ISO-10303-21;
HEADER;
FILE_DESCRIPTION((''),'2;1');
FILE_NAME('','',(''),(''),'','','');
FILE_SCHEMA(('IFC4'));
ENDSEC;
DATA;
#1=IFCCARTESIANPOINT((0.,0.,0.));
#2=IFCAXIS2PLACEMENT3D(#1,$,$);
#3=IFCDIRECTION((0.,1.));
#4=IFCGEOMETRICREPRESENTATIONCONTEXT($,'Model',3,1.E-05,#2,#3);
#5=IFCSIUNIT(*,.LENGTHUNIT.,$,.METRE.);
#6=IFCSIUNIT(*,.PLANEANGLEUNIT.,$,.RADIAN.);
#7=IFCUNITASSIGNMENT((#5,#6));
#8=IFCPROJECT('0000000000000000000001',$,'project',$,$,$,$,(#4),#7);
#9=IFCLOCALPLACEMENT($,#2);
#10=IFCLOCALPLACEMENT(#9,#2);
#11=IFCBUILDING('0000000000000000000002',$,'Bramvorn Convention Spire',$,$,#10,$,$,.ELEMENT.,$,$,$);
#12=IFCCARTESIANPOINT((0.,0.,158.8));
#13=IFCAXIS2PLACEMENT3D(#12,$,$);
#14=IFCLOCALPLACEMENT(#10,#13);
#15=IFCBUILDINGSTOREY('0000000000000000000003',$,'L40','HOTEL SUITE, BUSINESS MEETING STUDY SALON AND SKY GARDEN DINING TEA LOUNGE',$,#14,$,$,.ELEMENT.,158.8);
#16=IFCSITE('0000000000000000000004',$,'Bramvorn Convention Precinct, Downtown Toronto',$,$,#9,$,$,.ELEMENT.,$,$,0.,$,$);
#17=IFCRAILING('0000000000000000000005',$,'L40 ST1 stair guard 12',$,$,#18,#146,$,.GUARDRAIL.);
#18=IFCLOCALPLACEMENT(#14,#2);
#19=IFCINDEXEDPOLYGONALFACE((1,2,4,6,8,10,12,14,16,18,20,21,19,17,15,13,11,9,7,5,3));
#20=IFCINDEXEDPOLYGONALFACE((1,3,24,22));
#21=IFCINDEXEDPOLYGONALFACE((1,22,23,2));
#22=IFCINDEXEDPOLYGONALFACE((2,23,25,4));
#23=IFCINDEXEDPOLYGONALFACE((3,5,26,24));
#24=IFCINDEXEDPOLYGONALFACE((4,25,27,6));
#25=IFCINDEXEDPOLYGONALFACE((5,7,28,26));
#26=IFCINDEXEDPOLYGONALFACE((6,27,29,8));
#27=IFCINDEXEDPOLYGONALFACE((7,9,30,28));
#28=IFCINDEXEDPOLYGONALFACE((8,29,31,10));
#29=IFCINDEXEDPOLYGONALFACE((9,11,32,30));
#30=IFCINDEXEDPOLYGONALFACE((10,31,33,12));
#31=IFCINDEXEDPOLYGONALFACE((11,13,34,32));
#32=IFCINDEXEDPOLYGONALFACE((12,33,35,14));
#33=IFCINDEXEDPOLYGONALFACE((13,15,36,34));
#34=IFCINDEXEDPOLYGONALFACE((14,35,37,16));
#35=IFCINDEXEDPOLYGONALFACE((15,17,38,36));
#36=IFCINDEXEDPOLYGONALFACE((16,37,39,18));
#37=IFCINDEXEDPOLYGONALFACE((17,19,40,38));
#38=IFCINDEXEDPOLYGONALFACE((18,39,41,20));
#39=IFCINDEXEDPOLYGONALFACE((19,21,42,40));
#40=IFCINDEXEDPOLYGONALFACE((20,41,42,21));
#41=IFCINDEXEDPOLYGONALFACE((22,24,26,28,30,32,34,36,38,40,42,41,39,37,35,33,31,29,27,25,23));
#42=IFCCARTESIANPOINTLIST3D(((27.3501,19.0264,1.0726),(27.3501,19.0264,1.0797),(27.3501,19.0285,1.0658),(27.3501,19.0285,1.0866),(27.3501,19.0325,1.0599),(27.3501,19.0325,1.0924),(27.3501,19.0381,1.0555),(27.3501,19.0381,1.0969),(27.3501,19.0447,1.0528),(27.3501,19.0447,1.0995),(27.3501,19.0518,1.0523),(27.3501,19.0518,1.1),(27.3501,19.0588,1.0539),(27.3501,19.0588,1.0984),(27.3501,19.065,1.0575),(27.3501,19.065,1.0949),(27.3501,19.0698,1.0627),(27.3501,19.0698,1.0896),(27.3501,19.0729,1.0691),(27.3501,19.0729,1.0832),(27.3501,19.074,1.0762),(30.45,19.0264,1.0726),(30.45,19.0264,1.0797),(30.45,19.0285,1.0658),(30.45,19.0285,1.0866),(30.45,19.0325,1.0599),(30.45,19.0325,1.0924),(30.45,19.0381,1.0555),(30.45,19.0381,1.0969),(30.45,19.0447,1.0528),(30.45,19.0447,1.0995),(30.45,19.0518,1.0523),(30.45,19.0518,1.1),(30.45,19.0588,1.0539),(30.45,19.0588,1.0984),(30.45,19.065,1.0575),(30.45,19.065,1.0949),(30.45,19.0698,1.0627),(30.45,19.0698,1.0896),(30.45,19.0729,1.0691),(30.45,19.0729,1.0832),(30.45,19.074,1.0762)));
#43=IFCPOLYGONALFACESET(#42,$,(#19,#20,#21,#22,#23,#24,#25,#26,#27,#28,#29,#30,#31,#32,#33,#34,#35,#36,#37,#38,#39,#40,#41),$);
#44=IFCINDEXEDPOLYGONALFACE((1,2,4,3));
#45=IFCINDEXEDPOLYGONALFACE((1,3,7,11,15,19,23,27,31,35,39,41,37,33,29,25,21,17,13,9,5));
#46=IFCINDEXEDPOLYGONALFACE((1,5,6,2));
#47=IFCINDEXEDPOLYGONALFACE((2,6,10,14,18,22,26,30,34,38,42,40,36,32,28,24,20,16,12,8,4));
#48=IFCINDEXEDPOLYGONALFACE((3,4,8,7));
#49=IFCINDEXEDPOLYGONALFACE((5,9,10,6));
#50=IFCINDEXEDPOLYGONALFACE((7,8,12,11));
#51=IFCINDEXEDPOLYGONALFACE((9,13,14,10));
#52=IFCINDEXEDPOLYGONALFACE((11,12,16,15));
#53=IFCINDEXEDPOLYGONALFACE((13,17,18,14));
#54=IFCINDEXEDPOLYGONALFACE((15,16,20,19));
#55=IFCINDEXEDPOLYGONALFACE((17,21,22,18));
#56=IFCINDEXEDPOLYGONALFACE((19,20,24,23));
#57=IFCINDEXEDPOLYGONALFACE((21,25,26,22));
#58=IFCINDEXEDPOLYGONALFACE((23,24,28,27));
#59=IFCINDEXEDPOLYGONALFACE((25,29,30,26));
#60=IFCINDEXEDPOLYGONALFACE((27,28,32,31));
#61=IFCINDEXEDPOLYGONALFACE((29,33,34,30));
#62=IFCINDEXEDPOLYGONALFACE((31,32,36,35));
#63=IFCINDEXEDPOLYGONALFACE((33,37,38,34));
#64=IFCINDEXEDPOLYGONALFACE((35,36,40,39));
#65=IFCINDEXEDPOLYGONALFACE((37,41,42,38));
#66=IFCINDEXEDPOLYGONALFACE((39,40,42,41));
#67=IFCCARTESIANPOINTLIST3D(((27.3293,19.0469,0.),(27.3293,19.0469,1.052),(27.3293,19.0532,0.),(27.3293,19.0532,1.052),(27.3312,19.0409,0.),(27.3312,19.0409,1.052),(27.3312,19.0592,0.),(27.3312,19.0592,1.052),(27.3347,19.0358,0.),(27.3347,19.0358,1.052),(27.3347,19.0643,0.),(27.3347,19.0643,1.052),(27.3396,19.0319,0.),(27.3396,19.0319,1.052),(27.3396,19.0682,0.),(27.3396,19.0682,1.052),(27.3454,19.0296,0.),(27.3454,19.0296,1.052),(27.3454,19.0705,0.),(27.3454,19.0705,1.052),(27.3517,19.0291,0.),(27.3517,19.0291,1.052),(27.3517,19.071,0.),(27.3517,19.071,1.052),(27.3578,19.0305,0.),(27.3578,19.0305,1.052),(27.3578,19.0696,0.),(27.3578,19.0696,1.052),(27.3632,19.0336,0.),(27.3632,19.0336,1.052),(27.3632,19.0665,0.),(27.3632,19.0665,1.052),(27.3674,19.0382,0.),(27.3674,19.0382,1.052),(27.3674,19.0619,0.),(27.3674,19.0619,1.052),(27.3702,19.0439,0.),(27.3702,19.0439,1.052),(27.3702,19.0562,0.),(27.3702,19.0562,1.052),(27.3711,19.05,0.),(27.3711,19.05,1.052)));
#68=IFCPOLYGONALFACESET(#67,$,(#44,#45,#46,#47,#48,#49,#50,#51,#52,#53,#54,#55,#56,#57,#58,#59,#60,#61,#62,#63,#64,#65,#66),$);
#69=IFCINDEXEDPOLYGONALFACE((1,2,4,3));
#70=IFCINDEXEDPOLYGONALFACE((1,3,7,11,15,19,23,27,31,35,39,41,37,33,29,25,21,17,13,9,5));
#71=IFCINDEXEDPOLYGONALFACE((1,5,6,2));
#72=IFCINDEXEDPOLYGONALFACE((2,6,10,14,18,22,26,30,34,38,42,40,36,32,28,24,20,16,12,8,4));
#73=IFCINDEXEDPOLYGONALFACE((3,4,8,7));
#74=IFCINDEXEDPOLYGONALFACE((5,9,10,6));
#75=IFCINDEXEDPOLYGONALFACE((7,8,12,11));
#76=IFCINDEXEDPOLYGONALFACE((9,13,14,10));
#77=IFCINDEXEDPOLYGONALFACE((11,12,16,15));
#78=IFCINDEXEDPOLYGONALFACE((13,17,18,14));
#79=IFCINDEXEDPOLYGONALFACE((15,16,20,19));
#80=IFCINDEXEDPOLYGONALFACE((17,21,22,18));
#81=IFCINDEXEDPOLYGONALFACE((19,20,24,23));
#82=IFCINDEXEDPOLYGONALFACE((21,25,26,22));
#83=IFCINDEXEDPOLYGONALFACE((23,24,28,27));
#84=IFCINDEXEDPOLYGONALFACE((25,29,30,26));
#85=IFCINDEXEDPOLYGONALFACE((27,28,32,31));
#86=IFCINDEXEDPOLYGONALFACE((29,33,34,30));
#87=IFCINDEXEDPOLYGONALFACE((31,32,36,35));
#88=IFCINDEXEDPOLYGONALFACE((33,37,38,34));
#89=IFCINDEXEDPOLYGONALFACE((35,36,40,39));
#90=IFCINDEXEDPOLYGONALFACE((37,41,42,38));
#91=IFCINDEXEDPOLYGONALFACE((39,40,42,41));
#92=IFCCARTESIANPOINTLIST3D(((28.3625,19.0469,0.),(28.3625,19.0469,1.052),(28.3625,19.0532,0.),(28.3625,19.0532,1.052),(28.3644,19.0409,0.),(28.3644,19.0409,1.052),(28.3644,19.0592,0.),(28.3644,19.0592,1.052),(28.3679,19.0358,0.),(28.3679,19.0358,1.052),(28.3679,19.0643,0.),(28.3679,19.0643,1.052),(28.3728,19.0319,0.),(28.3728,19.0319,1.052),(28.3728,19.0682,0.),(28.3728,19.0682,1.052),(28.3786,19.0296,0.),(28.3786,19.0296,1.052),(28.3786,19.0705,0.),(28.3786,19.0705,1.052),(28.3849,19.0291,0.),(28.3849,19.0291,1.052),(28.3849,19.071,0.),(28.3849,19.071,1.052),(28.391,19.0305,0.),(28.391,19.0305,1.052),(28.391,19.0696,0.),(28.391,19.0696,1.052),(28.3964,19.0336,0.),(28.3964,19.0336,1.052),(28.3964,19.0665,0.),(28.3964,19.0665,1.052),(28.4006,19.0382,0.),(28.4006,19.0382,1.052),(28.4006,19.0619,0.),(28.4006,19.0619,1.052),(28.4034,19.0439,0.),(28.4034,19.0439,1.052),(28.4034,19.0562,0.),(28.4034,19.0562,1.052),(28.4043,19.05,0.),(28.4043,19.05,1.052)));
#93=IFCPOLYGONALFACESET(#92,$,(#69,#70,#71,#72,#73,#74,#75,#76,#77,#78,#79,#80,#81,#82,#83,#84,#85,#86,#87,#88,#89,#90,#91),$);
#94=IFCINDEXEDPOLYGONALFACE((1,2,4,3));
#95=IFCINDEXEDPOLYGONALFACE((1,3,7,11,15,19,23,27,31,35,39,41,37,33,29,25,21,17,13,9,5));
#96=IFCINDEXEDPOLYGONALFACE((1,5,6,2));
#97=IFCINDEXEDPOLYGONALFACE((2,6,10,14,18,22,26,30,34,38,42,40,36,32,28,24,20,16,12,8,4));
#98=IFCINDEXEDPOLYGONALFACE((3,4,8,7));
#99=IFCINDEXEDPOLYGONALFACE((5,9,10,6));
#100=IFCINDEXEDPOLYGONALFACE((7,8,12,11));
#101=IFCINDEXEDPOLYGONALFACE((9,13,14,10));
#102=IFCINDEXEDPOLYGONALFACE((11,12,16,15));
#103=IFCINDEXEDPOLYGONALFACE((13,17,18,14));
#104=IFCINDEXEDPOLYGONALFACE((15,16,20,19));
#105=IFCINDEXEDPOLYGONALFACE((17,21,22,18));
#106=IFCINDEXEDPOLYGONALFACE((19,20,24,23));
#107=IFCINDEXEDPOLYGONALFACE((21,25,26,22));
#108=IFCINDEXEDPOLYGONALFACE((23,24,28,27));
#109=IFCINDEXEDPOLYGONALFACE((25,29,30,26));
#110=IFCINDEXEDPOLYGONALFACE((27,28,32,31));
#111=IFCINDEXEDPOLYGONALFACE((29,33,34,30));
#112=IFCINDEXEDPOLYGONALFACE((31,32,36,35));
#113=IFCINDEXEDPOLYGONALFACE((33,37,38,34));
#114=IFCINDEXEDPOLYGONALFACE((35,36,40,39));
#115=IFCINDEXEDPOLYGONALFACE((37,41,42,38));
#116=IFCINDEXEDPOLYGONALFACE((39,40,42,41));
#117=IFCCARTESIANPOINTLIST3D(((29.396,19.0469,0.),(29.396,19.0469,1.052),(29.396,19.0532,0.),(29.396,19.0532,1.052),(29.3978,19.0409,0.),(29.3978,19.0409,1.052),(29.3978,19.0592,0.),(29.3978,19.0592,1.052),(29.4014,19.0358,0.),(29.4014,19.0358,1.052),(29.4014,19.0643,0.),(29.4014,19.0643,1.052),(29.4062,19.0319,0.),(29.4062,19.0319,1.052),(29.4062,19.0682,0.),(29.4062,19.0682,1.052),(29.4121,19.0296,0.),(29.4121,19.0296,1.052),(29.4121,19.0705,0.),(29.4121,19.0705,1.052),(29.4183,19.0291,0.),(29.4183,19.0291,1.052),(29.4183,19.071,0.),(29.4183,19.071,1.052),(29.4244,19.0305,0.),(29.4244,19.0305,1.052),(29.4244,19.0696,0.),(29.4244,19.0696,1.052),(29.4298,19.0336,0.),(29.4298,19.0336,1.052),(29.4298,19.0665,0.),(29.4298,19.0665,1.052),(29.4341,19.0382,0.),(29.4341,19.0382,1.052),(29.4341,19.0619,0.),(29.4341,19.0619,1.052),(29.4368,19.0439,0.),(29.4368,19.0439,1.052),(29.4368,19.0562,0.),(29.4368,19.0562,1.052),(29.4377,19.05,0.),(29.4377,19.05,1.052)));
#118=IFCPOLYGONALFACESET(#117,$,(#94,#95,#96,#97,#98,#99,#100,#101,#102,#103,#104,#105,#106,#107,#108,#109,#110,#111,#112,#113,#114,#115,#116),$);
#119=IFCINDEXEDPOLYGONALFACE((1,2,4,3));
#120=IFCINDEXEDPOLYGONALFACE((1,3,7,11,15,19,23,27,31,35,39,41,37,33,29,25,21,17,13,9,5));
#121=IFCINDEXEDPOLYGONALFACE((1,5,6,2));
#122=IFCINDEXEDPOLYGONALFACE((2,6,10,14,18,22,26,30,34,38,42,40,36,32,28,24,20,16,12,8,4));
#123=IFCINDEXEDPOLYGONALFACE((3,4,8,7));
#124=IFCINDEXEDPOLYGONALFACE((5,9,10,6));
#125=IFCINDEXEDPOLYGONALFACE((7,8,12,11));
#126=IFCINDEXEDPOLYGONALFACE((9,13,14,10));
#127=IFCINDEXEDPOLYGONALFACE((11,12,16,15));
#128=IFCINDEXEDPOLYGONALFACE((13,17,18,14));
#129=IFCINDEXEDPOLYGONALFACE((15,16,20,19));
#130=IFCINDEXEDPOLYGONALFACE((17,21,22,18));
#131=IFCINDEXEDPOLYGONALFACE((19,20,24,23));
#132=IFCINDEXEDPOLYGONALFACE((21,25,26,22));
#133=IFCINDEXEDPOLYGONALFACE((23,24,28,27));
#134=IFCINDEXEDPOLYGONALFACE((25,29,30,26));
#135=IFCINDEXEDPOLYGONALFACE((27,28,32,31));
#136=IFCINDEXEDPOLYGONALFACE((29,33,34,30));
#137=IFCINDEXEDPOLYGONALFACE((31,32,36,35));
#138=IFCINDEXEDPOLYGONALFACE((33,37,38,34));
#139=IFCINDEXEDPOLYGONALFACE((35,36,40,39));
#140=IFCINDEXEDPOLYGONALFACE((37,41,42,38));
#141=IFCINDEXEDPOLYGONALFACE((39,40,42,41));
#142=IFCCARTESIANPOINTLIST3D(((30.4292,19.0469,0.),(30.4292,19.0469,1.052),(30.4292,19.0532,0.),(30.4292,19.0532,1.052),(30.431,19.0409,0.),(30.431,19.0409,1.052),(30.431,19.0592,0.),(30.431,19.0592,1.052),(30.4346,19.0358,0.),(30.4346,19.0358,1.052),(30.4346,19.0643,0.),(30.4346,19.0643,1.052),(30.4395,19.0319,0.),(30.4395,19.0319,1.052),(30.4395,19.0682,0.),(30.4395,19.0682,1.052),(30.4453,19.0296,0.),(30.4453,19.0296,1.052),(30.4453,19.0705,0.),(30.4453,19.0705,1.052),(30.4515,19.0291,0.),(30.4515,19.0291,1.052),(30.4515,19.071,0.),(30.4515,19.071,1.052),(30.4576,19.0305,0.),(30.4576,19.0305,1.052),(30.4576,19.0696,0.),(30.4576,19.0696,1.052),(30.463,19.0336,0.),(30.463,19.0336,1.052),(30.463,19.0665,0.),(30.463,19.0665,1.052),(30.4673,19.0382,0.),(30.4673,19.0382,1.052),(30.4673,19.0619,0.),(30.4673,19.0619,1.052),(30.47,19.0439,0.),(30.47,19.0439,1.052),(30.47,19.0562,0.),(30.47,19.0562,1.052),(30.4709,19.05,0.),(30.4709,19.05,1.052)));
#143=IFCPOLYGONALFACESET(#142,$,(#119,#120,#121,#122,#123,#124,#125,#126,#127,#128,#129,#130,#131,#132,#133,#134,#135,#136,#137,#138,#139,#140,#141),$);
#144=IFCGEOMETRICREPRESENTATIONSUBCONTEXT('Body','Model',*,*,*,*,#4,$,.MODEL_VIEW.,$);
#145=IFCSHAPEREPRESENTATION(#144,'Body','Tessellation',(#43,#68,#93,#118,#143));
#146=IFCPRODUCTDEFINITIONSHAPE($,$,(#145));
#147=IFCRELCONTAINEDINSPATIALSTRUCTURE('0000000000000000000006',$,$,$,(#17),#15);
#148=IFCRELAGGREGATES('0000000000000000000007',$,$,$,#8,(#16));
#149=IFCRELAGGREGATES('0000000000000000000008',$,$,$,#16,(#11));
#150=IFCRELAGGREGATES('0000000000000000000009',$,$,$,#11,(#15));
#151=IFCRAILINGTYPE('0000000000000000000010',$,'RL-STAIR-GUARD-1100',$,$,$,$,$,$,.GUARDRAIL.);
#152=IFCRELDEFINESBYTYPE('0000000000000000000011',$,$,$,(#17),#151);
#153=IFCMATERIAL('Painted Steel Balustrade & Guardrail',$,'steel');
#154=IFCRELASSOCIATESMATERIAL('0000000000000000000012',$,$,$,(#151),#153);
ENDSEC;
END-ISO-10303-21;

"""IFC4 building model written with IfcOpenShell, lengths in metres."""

from ifc_helpers import new_model, si_unit, direction, frame, origin, origin_2d, place, context, subcontext, project, spatial, circle, extrude, material, type_object, element, save


model = new_model("IFC4")

# Units and contexts
model_context = context("Model", 3, precision=1e-05, world=origin(), true_north=direction((0.0, 1.0)))
body_context = subcontext(model_context, "Body", "Model", "MODEL_VIEW")
ifc_project = project(units=[si_unit("LENGTHUNIT", "METRE"), si_unit("PLANEANGLEUNIT", "RADIAN")], contexts=[model_context])

# Site, building, storey
site_placement = place(None, origin())
site = spatial("IfcSite", under=ifc_project, at=site_placement, Name="Bramvorn Convention Precinct, Downtown Toronto", CompositionType="ELEMENT", RefElevation=0.0)
building_placement = place(site_placement, origin())
building = spatial("IfcBuilding", under=site, at=building_placement, Name="Bramvorn Convention Spire", CompositionType="ELEMENT")
storey_placement = place(building_placement, frame((0.0, 0.0, 158.8)))
storey = spatial("IfcBuildingStorey", under=building, at=storey_placement, Name="L40", Description="HOTEL SUITE, BUSINESS MEETING STUDY SALON AND SKY GARDEN DINING TEA LOUNGE", CompositionType="ELEMENT", Elevation=158.8)

# Railing
ifc_material_1 = material(Name="Painted Steel Balustrade & Guardrail", Category="steel")
railing_type = type_object("IfcRailingType", Name="RL-STAIR-GUARD-1100", PredefinedType="GUARDRAIL", material=ifc_material_1)
railing_1_placement = place(storey_placement, frame((27.3501, 19.05, 0.0)))
element("IfcRailing", 1, at=railing_1_placement, inside=storey, type_object=railing_type, Name="L40 ST1 stair guard 12", PredefinedType="GUARDRAIL", context=body_context, shape_type="SweptSolid", body=[
    extrude(circle(Radius=0.0239, at=origin_2d()), frame((0.0, 0.0, 1.0762), z_axis=(1.0, 0.0, 0.0), x_axis=(0.0, 1.0, 0.0)), (0.0, 0.0, 1.0), 3.0999),
    extrude(circle(Radius=0.021, at=origin_2d()), origin(), (0.0, 0.0, 1.0), 1.052),
    extrude(circle(Radius=0.021, at=origin_2d()), frame((1.0332, 0.0, 0.0)), (0.0, 0.0, 1.0), 1.052),
    extrude(circle(Radius=0.021, at=origin_2d()), frame((2.0667, 0.0, 0.0)), (0.0, 0.0, 1.0), 1.052),
    extrude(circle(Radius=0.021, at=origin_2d()), frame((3.0999, 0.0, 0.0)), (0.0, 0.0, 1.0), 1.052),
])

save(model, "model.ifc")
